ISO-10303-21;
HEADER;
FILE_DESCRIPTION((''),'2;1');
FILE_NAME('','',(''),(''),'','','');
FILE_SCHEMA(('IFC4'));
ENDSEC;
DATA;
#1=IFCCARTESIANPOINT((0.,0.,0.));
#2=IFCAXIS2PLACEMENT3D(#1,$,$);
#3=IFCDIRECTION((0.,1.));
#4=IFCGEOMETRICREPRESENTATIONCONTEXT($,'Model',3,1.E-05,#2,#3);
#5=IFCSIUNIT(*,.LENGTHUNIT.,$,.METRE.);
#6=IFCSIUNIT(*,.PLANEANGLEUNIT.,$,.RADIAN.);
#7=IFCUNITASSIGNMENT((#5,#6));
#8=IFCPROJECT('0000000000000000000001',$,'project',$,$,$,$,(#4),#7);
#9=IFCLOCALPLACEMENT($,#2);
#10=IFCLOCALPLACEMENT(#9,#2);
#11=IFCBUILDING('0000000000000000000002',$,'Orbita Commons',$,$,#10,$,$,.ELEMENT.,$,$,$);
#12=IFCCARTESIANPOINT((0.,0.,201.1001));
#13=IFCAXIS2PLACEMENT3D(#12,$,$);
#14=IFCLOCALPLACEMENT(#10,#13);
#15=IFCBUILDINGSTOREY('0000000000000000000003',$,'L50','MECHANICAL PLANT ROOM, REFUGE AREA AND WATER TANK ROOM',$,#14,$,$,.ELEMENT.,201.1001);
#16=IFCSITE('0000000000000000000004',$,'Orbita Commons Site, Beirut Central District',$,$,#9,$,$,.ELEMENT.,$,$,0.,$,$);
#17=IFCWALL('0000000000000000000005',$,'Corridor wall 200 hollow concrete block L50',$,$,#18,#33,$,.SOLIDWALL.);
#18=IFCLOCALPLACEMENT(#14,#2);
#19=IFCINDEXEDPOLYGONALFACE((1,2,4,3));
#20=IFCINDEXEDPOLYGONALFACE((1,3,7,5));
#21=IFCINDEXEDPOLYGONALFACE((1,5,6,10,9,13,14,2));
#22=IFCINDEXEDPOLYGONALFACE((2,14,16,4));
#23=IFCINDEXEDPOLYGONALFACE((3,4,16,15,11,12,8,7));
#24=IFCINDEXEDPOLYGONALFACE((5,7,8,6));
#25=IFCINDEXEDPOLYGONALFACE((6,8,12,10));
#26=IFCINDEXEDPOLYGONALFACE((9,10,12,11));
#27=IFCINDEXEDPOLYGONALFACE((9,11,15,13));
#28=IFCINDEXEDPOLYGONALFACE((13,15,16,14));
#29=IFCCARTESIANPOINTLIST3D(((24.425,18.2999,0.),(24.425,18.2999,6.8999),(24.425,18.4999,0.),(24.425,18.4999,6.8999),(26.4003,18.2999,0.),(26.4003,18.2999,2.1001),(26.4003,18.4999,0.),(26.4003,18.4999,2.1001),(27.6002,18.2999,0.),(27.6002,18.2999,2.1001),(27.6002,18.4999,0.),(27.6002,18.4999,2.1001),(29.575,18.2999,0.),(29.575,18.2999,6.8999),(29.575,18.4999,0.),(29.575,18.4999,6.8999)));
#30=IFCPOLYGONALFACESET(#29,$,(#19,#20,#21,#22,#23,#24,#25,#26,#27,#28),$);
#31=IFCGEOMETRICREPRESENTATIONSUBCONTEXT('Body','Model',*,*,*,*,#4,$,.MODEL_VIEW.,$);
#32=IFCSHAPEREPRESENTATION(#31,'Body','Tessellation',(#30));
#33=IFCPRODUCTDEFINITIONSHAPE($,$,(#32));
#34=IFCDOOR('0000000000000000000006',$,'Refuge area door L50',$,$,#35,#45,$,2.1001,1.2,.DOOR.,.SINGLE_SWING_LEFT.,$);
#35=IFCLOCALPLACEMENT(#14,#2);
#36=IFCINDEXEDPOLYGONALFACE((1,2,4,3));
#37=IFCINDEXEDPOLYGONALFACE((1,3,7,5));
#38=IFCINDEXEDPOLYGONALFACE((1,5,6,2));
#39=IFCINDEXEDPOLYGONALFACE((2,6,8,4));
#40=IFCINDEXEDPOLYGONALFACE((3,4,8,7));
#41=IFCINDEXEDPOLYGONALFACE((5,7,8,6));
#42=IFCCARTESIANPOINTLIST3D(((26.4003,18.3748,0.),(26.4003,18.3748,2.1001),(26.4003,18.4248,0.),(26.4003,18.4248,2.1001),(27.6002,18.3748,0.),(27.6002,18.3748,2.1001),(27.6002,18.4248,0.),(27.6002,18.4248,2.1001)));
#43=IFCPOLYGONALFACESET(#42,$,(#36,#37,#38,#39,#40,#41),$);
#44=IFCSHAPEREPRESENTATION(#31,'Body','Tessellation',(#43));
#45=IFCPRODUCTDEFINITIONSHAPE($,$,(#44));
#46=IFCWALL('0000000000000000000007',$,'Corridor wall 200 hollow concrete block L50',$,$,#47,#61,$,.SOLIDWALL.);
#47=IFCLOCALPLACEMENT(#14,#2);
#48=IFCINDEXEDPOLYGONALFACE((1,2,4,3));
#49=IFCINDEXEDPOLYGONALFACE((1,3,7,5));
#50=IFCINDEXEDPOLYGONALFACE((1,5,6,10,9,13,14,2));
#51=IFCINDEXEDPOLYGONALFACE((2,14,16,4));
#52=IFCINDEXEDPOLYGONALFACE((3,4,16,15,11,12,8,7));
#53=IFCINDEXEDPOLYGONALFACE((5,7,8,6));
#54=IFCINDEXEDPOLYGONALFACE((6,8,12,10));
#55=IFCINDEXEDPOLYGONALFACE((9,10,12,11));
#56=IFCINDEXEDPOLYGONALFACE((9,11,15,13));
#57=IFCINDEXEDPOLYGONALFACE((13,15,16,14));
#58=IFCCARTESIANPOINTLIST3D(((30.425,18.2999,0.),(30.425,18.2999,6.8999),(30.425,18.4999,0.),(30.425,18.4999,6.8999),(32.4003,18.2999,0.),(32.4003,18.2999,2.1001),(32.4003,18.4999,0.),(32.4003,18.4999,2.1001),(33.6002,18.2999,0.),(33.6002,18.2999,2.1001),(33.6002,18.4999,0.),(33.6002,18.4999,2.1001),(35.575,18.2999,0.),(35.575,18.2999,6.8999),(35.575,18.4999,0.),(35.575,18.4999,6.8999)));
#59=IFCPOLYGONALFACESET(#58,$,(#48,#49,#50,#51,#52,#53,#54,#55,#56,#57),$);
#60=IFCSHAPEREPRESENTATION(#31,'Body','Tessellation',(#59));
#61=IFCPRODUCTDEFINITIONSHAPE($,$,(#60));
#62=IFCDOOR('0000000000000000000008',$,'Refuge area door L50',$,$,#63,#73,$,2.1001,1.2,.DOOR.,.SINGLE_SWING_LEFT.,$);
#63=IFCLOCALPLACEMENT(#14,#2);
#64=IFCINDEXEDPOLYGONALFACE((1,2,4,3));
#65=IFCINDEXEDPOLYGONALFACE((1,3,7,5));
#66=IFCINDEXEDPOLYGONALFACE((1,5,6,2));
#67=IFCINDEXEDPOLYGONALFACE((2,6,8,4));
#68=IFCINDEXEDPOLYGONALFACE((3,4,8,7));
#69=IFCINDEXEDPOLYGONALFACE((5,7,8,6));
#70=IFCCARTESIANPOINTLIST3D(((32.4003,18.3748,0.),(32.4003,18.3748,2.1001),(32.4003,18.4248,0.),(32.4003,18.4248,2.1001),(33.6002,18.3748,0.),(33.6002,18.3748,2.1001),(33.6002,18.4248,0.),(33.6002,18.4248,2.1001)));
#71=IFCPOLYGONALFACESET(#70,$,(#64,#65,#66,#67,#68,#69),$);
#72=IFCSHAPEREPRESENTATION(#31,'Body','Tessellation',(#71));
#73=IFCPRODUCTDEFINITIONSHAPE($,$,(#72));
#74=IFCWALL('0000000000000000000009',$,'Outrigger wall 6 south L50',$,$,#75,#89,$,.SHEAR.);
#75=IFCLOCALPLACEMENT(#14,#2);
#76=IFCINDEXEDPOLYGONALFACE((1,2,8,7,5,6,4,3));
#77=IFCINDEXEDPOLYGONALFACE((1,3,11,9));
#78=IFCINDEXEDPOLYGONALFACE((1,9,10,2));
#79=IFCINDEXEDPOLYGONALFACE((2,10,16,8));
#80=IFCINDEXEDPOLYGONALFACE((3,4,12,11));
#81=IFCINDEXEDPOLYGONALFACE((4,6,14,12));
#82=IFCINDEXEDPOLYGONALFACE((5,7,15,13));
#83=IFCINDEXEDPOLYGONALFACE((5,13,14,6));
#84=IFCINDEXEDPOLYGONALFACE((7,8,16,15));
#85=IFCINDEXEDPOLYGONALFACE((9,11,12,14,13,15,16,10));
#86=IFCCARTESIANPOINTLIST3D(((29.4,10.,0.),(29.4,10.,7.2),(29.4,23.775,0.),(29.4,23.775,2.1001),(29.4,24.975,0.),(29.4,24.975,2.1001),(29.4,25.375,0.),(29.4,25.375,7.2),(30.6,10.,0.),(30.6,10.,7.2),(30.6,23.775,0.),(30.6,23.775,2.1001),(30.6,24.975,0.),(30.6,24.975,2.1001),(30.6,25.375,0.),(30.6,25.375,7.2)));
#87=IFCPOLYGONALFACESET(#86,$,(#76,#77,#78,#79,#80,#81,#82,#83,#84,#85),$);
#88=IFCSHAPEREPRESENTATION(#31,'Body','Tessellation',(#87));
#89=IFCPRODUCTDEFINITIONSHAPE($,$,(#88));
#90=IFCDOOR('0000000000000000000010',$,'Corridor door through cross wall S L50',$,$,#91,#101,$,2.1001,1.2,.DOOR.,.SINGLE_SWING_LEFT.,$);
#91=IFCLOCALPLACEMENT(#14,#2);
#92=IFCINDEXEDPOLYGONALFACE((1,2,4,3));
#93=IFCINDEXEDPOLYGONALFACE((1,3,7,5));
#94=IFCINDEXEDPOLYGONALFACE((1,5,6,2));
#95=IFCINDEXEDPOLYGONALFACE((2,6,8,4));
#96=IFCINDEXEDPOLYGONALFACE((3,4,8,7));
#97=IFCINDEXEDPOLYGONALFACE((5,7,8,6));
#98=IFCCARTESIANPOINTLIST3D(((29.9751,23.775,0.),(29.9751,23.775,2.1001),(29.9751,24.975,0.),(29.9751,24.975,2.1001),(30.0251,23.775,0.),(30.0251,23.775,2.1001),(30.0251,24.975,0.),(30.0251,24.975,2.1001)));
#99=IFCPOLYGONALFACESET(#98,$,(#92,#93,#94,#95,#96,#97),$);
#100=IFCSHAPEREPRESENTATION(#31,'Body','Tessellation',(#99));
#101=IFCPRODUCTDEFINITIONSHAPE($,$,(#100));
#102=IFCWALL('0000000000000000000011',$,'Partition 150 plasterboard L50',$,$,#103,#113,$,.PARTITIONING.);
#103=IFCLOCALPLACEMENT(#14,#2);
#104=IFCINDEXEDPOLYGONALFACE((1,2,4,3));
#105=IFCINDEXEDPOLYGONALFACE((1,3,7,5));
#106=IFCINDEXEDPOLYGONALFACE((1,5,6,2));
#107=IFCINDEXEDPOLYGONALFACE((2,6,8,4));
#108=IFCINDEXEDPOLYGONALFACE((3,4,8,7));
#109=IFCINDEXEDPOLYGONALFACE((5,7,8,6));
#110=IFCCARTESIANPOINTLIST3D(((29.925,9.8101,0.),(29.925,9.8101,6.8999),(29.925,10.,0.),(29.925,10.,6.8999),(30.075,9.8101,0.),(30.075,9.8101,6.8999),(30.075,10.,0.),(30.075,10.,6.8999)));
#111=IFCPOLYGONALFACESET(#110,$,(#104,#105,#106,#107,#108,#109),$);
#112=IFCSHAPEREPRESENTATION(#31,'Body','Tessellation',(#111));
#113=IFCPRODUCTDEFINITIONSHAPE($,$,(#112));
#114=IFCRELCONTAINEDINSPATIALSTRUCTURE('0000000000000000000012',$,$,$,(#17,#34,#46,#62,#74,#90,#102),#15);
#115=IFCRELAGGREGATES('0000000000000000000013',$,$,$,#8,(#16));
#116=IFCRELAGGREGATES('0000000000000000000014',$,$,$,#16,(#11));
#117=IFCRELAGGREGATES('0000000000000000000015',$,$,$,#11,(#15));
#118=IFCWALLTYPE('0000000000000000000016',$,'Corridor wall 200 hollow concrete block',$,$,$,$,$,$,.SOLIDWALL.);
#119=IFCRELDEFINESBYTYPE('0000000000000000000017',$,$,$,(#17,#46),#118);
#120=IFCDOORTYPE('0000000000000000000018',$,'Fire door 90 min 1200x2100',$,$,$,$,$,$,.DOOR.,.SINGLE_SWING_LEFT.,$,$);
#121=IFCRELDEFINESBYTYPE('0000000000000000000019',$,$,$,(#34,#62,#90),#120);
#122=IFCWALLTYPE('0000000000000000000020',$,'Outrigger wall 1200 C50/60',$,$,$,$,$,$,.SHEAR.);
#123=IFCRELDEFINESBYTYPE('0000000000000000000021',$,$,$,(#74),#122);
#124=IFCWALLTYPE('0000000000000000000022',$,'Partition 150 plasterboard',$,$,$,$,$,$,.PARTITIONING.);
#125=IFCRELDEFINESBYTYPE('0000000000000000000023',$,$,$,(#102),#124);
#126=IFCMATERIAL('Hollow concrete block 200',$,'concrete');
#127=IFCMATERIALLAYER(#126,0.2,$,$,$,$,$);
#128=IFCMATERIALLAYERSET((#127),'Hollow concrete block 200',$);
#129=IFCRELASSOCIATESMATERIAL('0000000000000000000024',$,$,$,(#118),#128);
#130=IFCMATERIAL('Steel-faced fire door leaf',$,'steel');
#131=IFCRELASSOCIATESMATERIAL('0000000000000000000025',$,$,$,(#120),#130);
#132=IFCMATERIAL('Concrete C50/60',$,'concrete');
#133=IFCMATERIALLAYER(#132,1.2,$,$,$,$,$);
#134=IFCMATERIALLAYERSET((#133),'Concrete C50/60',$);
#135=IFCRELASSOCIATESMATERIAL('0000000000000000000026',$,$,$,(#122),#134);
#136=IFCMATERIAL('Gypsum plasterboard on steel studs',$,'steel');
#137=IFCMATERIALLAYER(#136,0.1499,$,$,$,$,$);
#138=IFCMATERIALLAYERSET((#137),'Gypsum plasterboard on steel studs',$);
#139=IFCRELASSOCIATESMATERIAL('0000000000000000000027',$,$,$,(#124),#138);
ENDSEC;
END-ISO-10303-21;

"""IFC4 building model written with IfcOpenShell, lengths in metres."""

from ifc_helpers import new_model, si_unit, direction, frame, frame_2d, origin, place, context, subcontext, project, spatial, rectangle, extrude, material, layer, layer_set, type_object, element, fill, save


model = new_model("IFC4")

# Units and contexts
model_context = context("Model", 3, precision=1e-05, world=origin(), true_north=direction((0.0, 1.0)))
body_context = subcontext(model_context, "Body", "Model", "MODEL_VIEW")
ifc_project = project(units=[si_unit("LENGTHUNIT", "METRE"), si_unit("PLANEANGLEUNIT", "RADIAN")], contexts=[model_context])

# Site, building, storey
site_placement = place(None, origin())
site = spatial("IfcSite", under=ifc_project, at=site_placement, Name="Orbita Commons Site, Beirut Central District", CompositionType="ELEMENT", RefElevation=0.0)
building_placement = place(site_placement, origin())
building = spatial("IfcBuilding", under=site, at=building_placement, Name="Orbita Commons", CompositionType="ELEMENT")
storey_placement = place(building_placement, frame((0.0, 0.0, 201.1001)))
storey = spatial("IfcBuildingStorey", under=building, at=storey_placement, Name="L50", Description="MECHANICAL PLANT ROOM, REFUGE AREA AND WATER TANK ROOM", CompositionType="ELEMENT", Elevation=201.1001)

# Walls, openings, doors
ifc_material_1 = material(Name="Hollow concrete block 200", Category="concrete")
ifc_layer_1 = layer(ifc_material_1, 0.2)
ifc_layer_set_1 = layer_set([ifc_layer_1], Name="Hollow concrete block 200")
wall_type_1 = type_object("IfcWallType", Name="Corridor wall 200 hollow concrete block", PredefinedType="SOLIDWALL", material=ifc_layer_set_1)
wall_1_placement = place(storey_placement, frame((24.425, 18.3999, 0.0), z_axis=(0.0, 0.0, 1.0), x_axis=(1.0, 0.0, 0.0)))
wall_1 = element("IfcWall", 1, at=wall_1_placement, inside=storey, type_object=wall_type_1, Name="Corridor wall 200 hollow concrete block L50", PredefinedType="SOLIDWALL", context=body_context, shape_type="SweptSolid", body=[
    extrude(rectangle(XDim=5.1499, YDim=0.2, at=frame_2d((2.575, 0.0))), origin(), (0.0, 0.0, 1.0), 6.8999),
])
opening_1_placement = place(wall_1_placement, frame((1.9751, 0.0, 0.0)))
opening_1 = element("IfcOpeningElement", 2, at=opening_1_placement, cuts=wall_1, PredefinedType="OPENING", context=body_context, shape_type="SweptSolid", body=[
    extrude(rectangle(XDim=1.2, YDim=2.1001, at=frame_2d((0.6001, 1.05))), frame((0.0, 0.1099, 0.0), z_axis=(0.0, -1.0, 0.0), x_axis=(1.0, 0.0, 0.0)), (0.0, 0.0, 1.0), 0.22),
])
ifc_material_2 = material(Name="Steel-faced fire door leaf", Category="steel")
door_type = type_object("IfcDoorType", Name="Fire door 90 min 1200x2100", OperationType="SINGLE_SWING_LEFT", PredefinedType="DOOR", material=ifc_material_2)
door_1_placement = place(opening_1_placement, origin())
door_1 = element("IfcDoor", 3, at=door_1_placement, inside=storey, type_object=door_type, Name="Refuge area door L50", OperationType="SINGLE_SWING_LEFT", OverallHeight=2.1001, OverallWidth=1.2, PredefinedType="DOOR", context=body_context, shape_type="SweptSolid", body=[
    extrude(rectangle(XDim=1.2, YDim=2.1001, at=frame_2d((0.6001, 1.05))), frame((0.0, 0.0249, 0.0), z_axis=(0.0, -1.0, 0.0), x_axis=(1.0, 0.0, 0.0)), (0.0, 0.0, 1.0), 0.05),
])
fill(opening_1, door_1)
wall_2_placement = place(storey_placement, frame((30.425, 18.3999, 0.0), z_axis=(0.0, 0.0, 1.0), x_axis=(1.0, 0.0, 0.0)))
wall_2 = element("IfcWall", 4, at=wall_2_placement, inside=storey, type_object=wall_type_1, Name="Corridor wall 200 hollow concrete block L50", PredefinedType="SOLIDWALL", context=body_context, shape_type="SweptSolid", body=[
    extrude(rectangle(XDim=5.1499, YDim=0.2, at=frame_2d((2.575, 0.0))), origin(), (0.0, 0.0, 1.0), 6.8999),
])
opening_2_placement = place(wall_2_placement, frame((1.9751, 0.0, 0.0)))
opening_2 = element("IfcOpeningElement", 5, at=opening_2_placement, cuts=wall_2, PredefinedType="OPENING", context=body_context, shape_type="SweptSolid", body=[
    extrude(rectangle(XDim=1.2, YDim=2.1001, at=frame_2d((0.6001, 1.05))), frame((0.0, 0.1099, 0.0), z_axis=(0.0, -1.0, 0.0), x_axis=(1.0, 0.0, 0.0)), (0.0, 0.0, 1.0), 0.22),
])
door_2_placement = place(opening_2_placement, origin())
door_2 = element("IfcDoor", 6, at=door_2_placement, inside=storey, type_object=door_type, Name="Refuge area door L50", OperationType="SINGLE_SWING_LEFT", OverallHeight=2.1001, OverallWidth=1.2, PredefinedType="DOOR", context=body_context, shape_type="SweptSolid", body=[
    extrude(rectangle(XDim=1.2, YDim=2.1001, at=frame_2d((0.6001, 1.05))), frame((0.0, 0.0249, 0.0), z_axis=(0.0, -1.0, 0.0), x_axis=(1.0, 0.0, 0.0)), (0.0, 0.0, 1.0), 0.05),
])
fill(opening_2, door_2)
ifc_material_3 = material(Name="Concrete C50/60", Category="concrete")
ifc_layer_2 = layer(ifc_material_3, 1.2)
ifc_layer_set_2 = layer_set([ifc_layer_2], Name="Concrete C50/60")
wall_type_2 = type_object("IfcWallType", Name="Outrigger wall 1200 C50/60", PredefinedType="SHEAR", material=ifc_layer_set_2)
wall_3_placement = place(storey_placement, frame((30.0, 10.0, 0.0), z_axis=(0.0, 0.0, 1.0), x_axis=(0.0, 1.0, 0.0)))
wall_3 = element("IfcWall", 7, at=wall_3_placement, inside=storey, type_object=wall_type_2, Name="Outrigger wall 6 south L50", PredefinedType="SHEAR", context=body_context, shape_type="SweptSolid", body=[
    extrude(rectangle(XDim=15.375, YDim=1.2, at=frame_2d((7.6875, 0.0))), origin(), (0.0, 0.0, 1.0), 7.2),
])
opening_3_placement = place(wall_3_placement, frame((13.7749, 0.0, 0.0)))
opening_3 = element("IfcOpeningElement", 8, at=opening_3_placement, cuts=wall_3, PredefinedType="OPENING", context=body_context, shape_type="SweptSolid", body=[
    extrude(rectangle(XDim=1.2, YDim=2.1001, at=frame_2d((0.6001, 1.05))), frame((0.0, 0.6099, 0.0), z_axis=(0.0, -1.0, 0.0), x_axis=(1.0, 0.0, 0.0)), (0.0, 0.0, 1.0), 1.22),
])
door_3_placement = place(opening_3_placement, origin())
door_3 = element("IfcDoor", 9, at=door_3_placement, inside=storey, type_object=door_type, Name="Corridor door through cross wall S L50", OperationType="SINGLE_SWING_LEFT", OverallHeight=2.1001, OverallWidth=1.2, PredefinedType="DOOR", context=body_context, shape_type="SweptSolid", body=[
    extrude(rectangle(XDim=1.2, YDim=2.1001, at=frame_2d((0.6001, 1.05))), frame((0.0, 0.0249, 0.0), z_axis=(0.0, -1.0, 0.0), x_axis=(1.0, 0.0, 0.0)), (0.0, 0.0, 1.0), 0.05),
])
fill(opening_3, door_3)

# Wall
ifc_material_4 = material(Name="Gypsum plasterboard on steel studs", Category="steel")
ifc_layer_3 = layer(ifc_material_4, 0.1499)
ifc_layer_set_3 = layer_set([ifc_layer_3], Name="Gypsum plasterboard on steel studs")
wall_type_3 = type_object("IfcWallType", Name="Partition 150 plasterboard", PredefinedType="PARTITIONING", material=ifc_layer_set_3)
wall_4_placement = place(storey_placement, frame((30.0, 10.0, 0.0), z_axis=(0.0, 0.0, 1.0), x_axis=(0.0, -1.0, 0.0)))
element("IfcWall", 10, at=wall_4_placement, inside=storey, type_object=wall_type_3, Name="Partition 150 plasterboard L50", PredefinedType="PARTITIONING", context=body_context, shape_type="SweptSolid", body=[
    extrude(rectangle(XDim=0.1899, YDim=0.1499, at=frame_2d((0.095, 0.0))), origin(), (0.0, 0.0, 1.0), 6.8999),
])

save(model, "model.ifc")
